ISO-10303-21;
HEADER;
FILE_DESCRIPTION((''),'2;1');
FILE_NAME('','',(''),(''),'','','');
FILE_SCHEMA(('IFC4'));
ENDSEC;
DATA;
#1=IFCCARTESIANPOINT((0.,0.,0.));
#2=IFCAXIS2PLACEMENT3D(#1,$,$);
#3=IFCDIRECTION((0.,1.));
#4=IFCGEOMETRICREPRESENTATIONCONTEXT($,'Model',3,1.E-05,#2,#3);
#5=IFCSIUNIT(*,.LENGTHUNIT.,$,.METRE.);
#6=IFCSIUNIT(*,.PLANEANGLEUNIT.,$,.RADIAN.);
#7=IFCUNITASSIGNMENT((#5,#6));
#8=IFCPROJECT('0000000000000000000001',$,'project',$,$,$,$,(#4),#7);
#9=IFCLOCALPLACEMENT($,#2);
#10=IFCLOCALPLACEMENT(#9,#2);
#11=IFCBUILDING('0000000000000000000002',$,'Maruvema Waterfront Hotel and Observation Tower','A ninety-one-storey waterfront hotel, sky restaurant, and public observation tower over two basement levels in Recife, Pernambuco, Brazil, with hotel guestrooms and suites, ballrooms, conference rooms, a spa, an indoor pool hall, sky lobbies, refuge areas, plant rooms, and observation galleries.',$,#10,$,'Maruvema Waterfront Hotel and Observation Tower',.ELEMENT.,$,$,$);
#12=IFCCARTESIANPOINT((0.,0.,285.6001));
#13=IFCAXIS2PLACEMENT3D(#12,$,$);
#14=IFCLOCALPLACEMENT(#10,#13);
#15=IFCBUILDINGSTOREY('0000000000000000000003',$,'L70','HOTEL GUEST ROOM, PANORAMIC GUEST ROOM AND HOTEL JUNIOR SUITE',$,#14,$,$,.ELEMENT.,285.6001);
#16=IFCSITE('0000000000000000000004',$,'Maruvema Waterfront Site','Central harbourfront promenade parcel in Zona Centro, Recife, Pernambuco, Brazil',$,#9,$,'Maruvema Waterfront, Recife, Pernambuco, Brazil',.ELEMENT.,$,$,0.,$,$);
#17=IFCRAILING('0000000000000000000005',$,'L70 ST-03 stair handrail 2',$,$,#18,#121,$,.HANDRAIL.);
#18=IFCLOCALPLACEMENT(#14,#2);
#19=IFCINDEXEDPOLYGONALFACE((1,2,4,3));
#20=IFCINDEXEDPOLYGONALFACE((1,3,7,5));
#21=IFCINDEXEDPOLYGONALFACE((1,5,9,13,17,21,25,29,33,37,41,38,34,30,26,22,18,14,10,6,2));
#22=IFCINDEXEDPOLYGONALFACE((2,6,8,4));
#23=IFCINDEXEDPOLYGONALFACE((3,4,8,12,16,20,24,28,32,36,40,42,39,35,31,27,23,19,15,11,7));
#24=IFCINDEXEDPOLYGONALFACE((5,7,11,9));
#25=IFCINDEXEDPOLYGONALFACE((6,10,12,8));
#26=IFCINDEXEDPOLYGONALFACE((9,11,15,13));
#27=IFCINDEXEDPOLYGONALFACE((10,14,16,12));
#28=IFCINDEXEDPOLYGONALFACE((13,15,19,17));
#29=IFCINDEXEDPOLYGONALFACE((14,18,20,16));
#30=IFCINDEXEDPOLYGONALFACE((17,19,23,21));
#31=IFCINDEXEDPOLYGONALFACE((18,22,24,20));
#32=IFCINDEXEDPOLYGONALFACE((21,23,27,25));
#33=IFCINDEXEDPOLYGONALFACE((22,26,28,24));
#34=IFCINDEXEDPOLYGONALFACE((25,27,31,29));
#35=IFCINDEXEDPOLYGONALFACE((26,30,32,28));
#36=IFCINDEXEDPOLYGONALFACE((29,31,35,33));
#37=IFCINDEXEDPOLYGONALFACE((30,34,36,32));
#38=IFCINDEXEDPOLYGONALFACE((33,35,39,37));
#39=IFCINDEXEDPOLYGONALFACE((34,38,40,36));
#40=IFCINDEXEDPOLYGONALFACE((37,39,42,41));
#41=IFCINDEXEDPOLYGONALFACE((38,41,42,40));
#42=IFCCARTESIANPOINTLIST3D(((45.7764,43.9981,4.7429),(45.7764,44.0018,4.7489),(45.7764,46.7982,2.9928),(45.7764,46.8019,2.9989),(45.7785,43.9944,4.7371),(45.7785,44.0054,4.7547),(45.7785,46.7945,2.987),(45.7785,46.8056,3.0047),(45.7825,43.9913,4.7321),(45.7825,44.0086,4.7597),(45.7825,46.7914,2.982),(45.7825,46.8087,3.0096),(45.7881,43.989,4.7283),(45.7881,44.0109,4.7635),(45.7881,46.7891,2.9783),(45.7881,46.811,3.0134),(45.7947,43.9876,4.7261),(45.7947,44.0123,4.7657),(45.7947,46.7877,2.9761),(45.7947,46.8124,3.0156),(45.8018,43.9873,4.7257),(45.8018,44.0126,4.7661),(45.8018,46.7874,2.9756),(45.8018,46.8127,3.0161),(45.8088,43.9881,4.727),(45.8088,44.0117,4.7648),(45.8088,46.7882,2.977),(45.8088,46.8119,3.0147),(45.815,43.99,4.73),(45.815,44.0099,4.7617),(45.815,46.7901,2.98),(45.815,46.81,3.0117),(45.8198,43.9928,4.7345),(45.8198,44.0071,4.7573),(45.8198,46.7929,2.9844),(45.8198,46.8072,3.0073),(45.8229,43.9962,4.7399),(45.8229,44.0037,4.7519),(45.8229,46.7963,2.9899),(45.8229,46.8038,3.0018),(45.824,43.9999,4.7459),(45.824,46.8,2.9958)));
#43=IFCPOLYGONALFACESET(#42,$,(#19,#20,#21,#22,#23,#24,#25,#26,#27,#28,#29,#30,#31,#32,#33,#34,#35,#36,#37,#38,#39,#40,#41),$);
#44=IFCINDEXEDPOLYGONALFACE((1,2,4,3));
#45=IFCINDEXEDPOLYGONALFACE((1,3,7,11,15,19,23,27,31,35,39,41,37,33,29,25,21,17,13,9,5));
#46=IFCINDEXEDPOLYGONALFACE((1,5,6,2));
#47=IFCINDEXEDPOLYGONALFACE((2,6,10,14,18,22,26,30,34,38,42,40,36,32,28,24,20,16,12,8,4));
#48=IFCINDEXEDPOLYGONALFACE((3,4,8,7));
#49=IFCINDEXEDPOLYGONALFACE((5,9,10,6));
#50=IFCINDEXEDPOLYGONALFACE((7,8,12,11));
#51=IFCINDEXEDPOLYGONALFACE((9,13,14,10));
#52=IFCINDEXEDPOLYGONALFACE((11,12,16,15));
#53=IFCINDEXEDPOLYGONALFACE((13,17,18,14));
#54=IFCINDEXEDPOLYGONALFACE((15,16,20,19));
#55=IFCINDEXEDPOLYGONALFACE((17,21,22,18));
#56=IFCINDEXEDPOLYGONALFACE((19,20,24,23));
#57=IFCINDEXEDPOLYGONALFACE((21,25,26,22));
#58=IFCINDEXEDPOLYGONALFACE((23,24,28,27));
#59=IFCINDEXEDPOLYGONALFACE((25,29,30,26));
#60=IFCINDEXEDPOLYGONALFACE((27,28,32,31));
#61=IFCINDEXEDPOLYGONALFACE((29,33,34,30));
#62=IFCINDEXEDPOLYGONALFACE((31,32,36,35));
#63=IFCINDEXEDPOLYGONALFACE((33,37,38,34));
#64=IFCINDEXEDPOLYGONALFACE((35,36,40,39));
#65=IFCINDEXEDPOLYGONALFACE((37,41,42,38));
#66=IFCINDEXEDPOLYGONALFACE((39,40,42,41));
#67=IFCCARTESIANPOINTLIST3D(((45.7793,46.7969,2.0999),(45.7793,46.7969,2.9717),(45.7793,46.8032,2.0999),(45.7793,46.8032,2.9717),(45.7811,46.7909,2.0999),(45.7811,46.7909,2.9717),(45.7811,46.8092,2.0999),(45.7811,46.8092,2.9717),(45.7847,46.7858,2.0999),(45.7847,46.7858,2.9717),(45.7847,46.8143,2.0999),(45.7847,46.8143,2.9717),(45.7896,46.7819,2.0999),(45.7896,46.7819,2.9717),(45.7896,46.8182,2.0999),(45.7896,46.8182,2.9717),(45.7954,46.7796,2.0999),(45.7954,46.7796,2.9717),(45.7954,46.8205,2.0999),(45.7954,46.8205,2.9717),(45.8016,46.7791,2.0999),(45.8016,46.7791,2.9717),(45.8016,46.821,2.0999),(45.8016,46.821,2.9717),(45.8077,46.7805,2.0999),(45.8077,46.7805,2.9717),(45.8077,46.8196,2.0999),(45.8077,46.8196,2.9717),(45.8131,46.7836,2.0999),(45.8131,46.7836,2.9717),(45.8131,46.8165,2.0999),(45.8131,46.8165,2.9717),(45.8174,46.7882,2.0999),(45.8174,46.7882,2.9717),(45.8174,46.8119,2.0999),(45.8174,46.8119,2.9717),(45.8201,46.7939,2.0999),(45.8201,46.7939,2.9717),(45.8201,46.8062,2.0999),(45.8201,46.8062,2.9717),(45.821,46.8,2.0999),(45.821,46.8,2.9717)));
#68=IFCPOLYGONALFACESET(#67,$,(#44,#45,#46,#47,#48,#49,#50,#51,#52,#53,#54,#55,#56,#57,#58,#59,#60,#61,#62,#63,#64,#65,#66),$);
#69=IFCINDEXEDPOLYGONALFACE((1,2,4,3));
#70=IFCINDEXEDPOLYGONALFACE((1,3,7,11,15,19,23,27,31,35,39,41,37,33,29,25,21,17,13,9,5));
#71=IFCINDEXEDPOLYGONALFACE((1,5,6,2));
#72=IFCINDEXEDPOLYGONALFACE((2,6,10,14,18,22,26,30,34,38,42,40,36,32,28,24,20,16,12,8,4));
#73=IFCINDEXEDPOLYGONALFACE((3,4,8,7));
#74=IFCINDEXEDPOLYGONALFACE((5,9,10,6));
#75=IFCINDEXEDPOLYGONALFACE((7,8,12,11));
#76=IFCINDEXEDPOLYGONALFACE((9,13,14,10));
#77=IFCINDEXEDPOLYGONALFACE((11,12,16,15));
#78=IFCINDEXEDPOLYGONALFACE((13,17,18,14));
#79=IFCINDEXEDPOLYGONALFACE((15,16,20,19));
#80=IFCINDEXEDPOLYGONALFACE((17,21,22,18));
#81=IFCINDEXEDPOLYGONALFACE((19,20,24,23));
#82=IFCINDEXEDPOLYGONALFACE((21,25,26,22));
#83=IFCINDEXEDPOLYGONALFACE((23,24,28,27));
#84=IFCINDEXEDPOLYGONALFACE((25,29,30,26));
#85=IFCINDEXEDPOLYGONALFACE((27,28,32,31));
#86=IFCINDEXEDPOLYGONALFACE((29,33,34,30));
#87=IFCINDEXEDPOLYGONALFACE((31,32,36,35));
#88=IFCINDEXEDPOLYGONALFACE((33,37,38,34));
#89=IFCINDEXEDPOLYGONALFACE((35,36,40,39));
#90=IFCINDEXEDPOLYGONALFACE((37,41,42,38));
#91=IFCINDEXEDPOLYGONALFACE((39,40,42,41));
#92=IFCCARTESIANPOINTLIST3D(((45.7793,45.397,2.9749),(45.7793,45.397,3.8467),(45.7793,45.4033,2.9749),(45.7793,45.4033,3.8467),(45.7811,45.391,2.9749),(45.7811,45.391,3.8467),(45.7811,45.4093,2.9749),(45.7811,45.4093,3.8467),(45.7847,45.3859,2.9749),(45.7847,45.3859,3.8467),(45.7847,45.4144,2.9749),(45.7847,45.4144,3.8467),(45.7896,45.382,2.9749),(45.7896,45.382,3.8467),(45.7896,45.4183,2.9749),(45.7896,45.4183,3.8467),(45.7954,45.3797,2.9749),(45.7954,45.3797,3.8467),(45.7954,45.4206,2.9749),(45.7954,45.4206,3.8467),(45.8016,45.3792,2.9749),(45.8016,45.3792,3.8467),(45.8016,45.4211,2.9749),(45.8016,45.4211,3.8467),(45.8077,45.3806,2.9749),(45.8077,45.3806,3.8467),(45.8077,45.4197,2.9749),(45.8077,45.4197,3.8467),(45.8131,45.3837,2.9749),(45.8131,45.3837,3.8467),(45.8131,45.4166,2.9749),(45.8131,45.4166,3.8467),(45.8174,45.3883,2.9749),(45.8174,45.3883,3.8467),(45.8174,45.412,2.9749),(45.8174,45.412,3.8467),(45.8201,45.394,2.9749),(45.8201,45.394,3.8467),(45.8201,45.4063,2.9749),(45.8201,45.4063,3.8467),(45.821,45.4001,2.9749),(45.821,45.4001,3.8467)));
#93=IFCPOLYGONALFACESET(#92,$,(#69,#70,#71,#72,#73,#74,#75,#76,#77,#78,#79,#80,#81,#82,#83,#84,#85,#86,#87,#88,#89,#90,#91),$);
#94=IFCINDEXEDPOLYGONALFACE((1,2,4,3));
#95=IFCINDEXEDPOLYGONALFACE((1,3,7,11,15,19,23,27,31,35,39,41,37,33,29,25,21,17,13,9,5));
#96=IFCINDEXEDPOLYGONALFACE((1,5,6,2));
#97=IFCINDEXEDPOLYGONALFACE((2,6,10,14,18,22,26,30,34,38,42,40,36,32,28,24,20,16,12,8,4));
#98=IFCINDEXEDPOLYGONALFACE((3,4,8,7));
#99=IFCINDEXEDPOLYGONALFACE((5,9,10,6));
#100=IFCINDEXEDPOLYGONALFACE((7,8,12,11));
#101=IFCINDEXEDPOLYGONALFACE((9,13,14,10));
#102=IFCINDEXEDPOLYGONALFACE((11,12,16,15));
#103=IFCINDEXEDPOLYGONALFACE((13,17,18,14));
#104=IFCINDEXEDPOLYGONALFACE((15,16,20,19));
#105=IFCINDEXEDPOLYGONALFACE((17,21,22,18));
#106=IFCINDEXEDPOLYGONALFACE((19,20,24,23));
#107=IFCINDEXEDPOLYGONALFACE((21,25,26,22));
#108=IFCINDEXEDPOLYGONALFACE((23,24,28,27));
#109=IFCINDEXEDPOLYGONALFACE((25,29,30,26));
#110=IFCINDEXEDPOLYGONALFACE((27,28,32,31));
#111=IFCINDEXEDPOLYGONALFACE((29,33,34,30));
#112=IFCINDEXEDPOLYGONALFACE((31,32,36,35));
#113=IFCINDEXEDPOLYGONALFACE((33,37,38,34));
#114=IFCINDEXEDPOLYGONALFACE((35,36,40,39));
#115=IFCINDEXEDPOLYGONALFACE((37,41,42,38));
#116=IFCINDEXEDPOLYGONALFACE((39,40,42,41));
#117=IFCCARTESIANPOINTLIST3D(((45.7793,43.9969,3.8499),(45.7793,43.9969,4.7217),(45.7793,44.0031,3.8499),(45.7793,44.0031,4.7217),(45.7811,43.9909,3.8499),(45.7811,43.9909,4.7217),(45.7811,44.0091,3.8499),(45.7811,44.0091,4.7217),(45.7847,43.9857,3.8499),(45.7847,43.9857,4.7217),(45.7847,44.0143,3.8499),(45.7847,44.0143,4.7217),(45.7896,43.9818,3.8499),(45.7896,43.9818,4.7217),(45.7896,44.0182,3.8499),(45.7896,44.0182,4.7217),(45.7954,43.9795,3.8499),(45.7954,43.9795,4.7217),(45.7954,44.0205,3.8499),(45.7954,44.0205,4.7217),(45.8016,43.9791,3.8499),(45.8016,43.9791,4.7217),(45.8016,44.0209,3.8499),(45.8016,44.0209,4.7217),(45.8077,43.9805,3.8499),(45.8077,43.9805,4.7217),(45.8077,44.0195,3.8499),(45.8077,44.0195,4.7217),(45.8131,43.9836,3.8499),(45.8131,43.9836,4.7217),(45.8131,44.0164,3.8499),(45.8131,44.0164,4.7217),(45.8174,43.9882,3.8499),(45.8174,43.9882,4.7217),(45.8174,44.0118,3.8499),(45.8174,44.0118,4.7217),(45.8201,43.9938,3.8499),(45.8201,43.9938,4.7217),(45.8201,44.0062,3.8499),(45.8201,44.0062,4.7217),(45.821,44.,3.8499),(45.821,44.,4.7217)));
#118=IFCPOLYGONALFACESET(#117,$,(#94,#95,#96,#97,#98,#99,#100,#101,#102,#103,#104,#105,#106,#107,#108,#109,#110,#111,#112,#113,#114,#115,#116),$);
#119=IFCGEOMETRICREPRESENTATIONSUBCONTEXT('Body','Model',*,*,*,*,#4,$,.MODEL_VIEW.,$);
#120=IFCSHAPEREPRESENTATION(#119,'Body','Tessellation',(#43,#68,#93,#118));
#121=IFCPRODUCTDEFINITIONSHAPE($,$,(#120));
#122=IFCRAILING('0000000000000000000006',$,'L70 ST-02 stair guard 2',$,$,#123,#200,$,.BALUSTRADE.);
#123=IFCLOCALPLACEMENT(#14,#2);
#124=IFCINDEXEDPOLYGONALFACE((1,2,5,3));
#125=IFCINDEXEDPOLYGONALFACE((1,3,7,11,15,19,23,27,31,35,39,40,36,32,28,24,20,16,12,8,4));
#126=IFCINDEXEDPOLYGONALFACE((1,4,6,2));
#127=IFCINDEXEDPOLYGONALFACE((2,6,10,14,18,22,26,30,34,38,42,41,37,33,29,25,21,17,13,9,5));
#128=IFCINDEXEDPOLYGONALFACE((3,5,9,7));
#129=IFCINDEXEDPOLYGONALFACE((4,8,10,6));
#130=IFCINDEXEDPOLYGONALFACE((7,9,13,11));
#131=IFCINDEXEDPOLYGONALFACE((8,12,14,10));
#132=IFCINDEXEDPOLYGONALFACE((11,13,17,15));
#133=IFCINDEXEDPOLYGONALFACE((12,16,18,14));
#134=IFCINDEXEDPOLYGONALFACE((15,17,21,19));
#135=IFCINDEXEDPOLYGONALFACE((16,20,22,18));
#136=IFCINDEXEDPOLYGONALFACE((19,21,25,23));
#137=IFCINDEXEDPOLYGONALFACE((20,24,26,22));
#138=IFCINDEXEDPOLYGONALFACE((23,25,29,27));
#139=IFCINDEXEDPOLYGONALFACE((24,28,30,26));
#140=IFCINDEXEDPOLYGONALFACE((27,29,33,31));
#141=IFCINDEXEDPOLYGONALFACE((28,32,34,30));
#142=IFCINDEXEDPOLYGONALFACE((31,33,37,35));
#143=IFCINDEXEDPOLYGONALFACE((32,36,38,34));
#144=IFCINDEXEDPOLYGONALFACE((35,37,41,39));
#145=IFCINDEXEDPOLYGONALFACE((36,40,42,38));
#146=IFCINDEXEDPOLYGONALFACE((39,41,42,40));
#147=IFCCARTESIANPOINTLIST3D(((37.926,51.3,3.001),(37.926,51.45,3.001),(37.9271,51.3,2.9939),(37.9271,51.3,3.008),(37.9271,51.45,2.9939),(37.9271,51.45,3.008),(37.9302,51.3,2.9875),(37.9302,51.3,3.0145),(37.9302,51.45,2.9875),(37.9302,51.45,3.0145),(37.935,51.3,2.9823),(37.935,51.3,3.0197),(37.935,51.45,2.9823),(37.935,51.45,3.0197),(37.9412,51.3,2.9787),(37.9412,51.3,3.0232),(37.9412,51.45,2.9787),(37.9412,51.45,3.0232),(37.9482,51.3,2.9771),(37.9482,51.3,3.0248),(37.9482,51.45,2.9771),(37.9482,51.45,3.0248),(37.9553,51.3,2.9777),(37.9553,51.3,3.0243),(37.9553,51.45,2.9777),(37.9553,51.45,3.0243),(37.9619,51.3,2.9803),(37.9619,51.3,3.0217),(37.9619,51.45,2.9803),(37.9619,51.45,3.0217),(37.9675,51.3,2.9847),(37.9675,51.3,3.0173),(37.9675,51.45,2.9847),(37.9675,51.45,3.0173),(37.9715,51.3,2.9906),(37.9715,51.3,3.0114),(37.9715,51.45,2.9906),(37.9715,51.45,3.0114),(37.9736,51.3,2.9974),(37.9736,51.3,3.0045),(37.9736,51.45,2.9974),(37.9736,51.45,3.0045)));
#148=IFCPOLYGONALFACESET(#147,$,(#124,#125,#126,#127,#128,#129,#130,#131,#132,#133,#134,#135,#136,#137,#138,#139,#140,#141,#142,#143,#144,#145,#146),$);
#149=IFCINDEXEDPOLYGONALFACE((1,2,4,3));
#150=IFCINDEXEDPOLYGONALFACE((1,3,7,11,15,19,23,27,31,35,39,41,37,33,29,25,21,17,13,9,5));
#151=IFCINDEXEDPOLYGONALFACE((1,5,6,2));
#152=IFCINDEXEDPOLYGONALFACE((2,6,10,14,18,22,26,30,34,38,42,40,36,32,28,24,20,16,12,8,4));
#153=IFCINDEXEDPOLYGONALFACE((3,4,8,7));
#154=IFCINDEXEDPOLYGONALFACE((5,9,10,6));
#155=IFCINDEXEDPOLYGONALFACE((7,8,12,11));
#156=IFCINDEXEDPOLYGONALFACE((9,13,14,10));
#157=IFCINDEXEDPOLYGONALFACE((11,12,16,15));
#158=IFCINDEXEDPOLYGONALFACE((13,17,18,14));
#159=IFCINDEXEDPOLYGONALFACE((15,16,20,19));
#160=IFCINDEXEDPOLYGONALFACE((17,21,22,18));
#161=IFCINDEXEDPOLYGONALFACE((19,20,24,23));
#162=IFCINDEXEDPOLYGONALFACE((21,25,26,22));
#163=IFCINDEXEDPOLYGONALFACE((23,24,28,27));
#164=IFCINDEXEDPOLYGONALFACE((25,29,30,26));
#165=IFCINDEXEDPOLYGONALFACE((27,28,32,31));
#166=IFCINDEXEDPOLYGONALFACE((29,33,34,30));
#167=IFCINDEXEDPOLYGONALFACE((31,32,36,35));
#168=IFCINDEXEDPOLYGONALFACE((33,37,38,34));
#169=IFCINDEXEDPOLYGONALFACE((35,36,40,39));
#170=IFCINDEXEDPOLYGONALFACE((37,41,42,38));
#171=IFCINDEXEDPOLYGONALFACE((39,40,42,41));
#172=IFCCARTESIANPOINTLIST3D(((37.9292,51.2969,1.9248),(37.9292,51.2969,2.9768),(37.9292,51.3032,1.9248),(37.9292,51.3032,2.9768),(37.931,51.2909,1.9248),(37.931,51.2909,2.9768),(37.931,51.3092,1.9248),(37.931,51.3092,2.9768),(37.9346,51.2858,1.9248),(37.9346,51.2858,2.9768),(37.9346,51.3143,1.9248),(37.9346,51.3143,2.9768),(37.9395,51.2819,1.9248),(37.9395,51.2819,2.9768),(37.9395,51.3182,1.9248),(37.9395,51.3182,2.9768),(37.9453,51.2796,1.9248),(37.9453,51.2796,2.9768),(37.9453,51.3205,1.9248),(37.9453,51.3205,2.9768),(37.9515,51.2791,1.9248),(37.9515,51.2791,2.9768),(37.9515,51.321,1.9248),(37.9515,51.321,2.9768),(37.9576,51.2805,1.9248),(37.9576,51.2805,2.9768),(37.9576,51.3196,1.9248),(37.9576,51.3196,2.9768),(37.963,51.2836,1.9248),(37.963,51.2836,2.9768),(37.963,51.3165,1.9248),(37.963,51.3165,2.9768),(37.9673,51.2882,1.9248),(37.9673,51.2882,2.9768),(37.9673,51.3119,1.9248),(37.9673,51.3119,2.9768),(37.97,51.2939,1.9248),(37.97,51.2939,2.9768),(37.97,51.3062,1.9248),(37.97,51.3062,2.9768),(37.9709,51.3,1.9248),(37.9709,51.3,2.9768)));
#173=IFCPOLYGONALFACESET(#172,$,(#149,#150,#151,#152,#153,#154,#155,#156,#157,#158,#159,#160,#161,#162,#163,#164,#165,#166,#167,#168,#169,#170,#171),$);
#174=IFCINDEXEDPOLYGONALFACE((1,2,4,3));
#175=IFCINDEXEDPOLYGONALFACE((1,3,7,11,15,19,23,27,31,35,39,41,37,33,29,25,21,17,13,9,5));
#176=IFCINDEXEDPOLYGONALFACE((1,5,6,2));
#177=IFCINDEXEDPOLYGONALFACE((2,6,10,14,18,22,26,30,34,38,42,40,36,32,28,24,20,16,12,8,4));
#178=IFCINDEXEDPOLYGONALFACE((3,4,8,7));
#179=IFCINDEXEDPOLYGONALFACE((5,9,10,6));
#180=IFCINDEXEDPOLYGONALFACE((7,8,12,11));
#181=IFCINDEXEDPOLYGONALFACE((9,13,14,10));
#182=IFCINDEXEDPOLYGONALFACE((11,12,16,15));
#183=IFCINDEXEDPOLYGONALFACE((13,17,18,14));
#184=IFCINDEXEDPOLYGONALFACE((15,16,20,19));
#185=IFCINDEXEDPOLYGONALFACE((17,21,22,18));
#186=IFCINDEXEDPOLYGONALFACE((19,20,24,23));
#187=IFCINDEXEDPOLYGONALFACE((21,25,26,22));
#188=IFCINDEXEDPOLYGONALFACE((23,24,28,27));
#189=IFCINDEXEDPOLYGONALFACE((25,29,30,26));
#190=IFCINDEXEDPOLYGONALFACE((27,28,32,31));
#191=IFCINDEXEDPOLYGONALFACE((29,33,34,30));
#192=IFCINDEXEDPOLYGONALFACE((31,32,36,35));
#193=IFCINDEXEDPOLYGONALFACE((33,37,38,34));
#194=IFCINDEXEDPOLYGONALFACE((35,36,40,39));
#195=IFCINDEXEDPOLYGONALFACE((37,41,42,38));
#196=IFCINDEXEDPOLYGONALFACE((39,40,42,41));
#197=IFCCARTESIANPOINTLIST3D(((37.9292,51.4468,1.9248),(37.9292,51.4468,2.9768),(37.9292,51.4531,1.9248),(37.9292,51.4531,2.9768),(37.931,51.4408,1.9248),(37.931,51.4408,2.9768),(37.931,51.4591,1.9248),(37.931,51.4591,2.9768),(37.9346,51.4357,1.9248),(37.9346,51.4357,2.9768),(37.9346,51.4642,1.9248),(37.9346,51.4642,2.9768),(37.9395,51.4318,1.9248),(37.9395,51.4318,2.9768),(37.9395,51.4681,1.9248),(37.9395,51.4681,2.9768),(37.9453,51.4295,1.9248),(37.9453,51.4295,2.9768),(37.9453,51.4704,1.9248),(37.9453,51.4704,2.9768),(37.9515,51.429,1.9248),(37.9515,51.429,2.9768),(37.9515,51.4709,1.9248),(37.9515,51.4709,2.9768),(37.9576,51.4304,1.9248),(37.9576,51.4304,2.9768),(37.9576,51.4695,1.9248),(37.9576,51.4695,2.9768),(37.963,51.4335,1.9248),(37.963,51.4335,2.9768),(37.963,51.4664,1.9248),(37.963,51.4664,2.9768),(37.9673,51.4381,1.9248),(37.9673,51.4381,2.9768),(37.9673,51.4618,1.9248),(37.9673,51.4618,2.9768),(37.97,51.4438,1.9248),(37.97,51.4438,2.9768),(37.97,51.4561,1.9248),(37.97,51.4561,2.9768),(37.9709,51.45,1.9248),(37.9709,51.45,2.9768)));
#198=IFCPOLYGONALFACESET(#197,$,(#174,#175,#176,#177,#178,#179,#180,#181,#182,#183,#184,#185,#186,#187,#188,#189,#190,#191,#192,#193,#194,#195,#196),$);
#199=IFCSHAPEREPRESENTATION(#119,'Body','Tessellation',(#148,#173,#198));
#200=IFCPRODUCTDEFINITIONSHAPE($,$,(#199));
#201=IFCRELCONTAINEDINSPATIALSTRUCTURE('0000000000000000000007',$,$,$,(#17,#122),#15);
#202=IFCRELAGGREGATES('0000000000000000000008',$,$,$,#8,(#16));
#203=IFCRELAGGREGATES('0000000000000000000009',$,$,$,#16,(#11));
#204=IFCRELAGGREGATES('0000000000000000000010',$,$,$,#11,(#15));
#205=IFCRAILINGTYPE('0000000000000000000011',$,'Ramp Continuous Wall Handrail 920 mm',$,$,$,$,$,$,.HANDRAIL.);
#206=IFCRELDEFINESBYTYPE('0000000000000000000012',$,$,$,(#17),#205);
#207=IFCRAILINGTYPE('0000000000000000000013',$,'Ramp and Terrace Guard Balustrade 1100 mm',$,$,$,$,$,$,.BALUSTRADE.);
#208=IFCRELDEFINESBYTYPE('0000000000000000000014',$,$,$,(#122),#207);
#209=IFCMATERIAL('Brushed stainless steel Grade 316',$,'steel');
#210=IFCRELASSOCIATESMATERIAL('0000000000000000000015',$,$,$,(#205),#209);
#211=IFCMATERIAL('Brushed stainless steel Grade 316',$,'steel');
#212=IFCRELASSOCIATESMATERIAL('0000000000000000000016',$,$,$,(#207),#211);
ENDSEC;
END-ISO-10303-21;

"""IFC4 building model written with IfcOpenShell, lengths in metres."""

from ifc_helpers import new_model, si_unit, direction, frame, origin, origin_2d, place, context, subcontext, project, spatial, circle, extrude, material, type_object, element, save


model = new_model("IFC4")

# Units and contexts
model_context = context("Model", 3, precision=1e-05, world=origin(), true_north=direction((0.0, 1.0)))
body_context = subcontext(model_context, "Body", "Model", "MODEL_VIEW")
ifc_project = project(units=[si_unit("LENGTHUNIT", "METRE"), si_unit("PLANEANGLEUNIT", "RADIAN")], contexts=[model_context])

# Site, building, storey
site_placement = place(None, origin())
site = spatial("IfcSite", under=ifc_project, at=site_placement, Name="Maruvema Waterfront Site", Description="Central harbourfront promenade parcel in Zona Centro, Recife, Pernambuco, Brazil", LongName="Maruvema Waterfront, Recife, Pernambuco, Brazil", CompositionType="ELEMENT", RefElevation=0.0)
building_placement = place(site_placement, origin())
building = spatial("IfcBuilding", under=site, at=building_placement, Name="Maruvema Waterfront Hotel and Observation Tower", Description="A ninety-one-storey waterfront hotel, sky restaurant, and public observation tower over two basement levels in Recife, Pernambuco, Brazil, with hotel guestrooms and suites, ballrooms, conference rooms, a spa, an indoor pool hall, sky lobbies, refuge areas, plant rooms, and observation galleries.", LongName="Maruvema Waterfront Hotel and Observation Tower", CompositionType="ELEMENT")
storey_placement = place(building_placement, frame((0.0, 0.0, 285.6001)))
storey = spatial("IfcBuildingStorey", under=building, at=storey_placement, Name="L70", Description="HOTEL GUEST ROOM, PANORAMIC GUEST ROOM AND HOTEL JUNIOR SUITE", CompositionType="ELEMENT", Elevation=285.6001)

# Railings
ifc_material_1 = material(Name="Brushed stainless steel Grade 316", Category="steel")
railing_type_1 = type_object("IfcRailingType", Name="Ramp Continuous Wall Handrail 920 mm", PredefinedType="HANDRAIL", material=ifc_material_1)
railing_1_placement = place(storey_placement, frame((45.8, 46.8, 2.0999)))
element("IfcRailing", 1, at=railing_1_placement, inside=storey, type_object=railing_type_1, Name="L70 ST-03 stair handrail 2", PredefinedType="HANDRAIL", context=body_context, shape_type="SweptSolid", body=[
    extrude(circle(Radius=0.0239, at=origin_2d()), frame((0.0, 0.0, 0.896), z_axis=(0.0, -0.848002, 0.529992), x_axis=(1.0, 0.0, 0.0)), (0.0, 0.0, 1.0), 3.302),
    extrude(circle(Radius=0.021, at=origin_2d()), origin(), (0.0, 0.0, 1.0), 0.8718),
    extrude(circle(Radius=0.021, at=origin_2d()), frame((0.0, -1.3999, 0.875)), (0.0, 0.0, 1.0), 0.8718),
    extrude(circle(Radius=0.021, at=origin_2d()), frame((0.0, -2.8, 1.75)), (0.0, 0.0, 1.0), 0.8718),
])
ifc_material_2 = material(Name="Brushed stainless steel Grade 316", Category="steel")
railing_type_2 = type_object("IfcRailingType", Name="Ramp and Terrace Guard Balustrade 1100 mm", PredefinedType="BALUSTRADE", material=ifc_material_2)
railing_2_placement = place(storey_placement, frame((37.95, 51.3, 1.9248)))
element("IfcRailing", 2, at=railing_2_placement, inside=storey, type_object=railing_type_2, Name="L70 ST-02 stair guard 2", PredefinedType="BALUSTRADE", context=body_context, shape_type="SweptSolid", body=[
    extrude(circle(Radius=0.0239, at=origin_2d()), frame((0.0, 0.0, 1.0762), z_axis=(0.0, 1.0, 0.0), x_axis=(-1.0, 0.0, 0.0)), (0.0, 0.0, 1.0), 0.1499),
    extrude(circle(Radius=0.021, at=origin_2d()), origin(), (0.0, 0.0, 1.0), 1.052),
    extrude(circle(Radius=0.021, at=origin_2d()), frame((0.0, 0.1499, 0.0)), (0.0, 0.0, 1.0), 1.052),
])

save(model, "model.ifc")
